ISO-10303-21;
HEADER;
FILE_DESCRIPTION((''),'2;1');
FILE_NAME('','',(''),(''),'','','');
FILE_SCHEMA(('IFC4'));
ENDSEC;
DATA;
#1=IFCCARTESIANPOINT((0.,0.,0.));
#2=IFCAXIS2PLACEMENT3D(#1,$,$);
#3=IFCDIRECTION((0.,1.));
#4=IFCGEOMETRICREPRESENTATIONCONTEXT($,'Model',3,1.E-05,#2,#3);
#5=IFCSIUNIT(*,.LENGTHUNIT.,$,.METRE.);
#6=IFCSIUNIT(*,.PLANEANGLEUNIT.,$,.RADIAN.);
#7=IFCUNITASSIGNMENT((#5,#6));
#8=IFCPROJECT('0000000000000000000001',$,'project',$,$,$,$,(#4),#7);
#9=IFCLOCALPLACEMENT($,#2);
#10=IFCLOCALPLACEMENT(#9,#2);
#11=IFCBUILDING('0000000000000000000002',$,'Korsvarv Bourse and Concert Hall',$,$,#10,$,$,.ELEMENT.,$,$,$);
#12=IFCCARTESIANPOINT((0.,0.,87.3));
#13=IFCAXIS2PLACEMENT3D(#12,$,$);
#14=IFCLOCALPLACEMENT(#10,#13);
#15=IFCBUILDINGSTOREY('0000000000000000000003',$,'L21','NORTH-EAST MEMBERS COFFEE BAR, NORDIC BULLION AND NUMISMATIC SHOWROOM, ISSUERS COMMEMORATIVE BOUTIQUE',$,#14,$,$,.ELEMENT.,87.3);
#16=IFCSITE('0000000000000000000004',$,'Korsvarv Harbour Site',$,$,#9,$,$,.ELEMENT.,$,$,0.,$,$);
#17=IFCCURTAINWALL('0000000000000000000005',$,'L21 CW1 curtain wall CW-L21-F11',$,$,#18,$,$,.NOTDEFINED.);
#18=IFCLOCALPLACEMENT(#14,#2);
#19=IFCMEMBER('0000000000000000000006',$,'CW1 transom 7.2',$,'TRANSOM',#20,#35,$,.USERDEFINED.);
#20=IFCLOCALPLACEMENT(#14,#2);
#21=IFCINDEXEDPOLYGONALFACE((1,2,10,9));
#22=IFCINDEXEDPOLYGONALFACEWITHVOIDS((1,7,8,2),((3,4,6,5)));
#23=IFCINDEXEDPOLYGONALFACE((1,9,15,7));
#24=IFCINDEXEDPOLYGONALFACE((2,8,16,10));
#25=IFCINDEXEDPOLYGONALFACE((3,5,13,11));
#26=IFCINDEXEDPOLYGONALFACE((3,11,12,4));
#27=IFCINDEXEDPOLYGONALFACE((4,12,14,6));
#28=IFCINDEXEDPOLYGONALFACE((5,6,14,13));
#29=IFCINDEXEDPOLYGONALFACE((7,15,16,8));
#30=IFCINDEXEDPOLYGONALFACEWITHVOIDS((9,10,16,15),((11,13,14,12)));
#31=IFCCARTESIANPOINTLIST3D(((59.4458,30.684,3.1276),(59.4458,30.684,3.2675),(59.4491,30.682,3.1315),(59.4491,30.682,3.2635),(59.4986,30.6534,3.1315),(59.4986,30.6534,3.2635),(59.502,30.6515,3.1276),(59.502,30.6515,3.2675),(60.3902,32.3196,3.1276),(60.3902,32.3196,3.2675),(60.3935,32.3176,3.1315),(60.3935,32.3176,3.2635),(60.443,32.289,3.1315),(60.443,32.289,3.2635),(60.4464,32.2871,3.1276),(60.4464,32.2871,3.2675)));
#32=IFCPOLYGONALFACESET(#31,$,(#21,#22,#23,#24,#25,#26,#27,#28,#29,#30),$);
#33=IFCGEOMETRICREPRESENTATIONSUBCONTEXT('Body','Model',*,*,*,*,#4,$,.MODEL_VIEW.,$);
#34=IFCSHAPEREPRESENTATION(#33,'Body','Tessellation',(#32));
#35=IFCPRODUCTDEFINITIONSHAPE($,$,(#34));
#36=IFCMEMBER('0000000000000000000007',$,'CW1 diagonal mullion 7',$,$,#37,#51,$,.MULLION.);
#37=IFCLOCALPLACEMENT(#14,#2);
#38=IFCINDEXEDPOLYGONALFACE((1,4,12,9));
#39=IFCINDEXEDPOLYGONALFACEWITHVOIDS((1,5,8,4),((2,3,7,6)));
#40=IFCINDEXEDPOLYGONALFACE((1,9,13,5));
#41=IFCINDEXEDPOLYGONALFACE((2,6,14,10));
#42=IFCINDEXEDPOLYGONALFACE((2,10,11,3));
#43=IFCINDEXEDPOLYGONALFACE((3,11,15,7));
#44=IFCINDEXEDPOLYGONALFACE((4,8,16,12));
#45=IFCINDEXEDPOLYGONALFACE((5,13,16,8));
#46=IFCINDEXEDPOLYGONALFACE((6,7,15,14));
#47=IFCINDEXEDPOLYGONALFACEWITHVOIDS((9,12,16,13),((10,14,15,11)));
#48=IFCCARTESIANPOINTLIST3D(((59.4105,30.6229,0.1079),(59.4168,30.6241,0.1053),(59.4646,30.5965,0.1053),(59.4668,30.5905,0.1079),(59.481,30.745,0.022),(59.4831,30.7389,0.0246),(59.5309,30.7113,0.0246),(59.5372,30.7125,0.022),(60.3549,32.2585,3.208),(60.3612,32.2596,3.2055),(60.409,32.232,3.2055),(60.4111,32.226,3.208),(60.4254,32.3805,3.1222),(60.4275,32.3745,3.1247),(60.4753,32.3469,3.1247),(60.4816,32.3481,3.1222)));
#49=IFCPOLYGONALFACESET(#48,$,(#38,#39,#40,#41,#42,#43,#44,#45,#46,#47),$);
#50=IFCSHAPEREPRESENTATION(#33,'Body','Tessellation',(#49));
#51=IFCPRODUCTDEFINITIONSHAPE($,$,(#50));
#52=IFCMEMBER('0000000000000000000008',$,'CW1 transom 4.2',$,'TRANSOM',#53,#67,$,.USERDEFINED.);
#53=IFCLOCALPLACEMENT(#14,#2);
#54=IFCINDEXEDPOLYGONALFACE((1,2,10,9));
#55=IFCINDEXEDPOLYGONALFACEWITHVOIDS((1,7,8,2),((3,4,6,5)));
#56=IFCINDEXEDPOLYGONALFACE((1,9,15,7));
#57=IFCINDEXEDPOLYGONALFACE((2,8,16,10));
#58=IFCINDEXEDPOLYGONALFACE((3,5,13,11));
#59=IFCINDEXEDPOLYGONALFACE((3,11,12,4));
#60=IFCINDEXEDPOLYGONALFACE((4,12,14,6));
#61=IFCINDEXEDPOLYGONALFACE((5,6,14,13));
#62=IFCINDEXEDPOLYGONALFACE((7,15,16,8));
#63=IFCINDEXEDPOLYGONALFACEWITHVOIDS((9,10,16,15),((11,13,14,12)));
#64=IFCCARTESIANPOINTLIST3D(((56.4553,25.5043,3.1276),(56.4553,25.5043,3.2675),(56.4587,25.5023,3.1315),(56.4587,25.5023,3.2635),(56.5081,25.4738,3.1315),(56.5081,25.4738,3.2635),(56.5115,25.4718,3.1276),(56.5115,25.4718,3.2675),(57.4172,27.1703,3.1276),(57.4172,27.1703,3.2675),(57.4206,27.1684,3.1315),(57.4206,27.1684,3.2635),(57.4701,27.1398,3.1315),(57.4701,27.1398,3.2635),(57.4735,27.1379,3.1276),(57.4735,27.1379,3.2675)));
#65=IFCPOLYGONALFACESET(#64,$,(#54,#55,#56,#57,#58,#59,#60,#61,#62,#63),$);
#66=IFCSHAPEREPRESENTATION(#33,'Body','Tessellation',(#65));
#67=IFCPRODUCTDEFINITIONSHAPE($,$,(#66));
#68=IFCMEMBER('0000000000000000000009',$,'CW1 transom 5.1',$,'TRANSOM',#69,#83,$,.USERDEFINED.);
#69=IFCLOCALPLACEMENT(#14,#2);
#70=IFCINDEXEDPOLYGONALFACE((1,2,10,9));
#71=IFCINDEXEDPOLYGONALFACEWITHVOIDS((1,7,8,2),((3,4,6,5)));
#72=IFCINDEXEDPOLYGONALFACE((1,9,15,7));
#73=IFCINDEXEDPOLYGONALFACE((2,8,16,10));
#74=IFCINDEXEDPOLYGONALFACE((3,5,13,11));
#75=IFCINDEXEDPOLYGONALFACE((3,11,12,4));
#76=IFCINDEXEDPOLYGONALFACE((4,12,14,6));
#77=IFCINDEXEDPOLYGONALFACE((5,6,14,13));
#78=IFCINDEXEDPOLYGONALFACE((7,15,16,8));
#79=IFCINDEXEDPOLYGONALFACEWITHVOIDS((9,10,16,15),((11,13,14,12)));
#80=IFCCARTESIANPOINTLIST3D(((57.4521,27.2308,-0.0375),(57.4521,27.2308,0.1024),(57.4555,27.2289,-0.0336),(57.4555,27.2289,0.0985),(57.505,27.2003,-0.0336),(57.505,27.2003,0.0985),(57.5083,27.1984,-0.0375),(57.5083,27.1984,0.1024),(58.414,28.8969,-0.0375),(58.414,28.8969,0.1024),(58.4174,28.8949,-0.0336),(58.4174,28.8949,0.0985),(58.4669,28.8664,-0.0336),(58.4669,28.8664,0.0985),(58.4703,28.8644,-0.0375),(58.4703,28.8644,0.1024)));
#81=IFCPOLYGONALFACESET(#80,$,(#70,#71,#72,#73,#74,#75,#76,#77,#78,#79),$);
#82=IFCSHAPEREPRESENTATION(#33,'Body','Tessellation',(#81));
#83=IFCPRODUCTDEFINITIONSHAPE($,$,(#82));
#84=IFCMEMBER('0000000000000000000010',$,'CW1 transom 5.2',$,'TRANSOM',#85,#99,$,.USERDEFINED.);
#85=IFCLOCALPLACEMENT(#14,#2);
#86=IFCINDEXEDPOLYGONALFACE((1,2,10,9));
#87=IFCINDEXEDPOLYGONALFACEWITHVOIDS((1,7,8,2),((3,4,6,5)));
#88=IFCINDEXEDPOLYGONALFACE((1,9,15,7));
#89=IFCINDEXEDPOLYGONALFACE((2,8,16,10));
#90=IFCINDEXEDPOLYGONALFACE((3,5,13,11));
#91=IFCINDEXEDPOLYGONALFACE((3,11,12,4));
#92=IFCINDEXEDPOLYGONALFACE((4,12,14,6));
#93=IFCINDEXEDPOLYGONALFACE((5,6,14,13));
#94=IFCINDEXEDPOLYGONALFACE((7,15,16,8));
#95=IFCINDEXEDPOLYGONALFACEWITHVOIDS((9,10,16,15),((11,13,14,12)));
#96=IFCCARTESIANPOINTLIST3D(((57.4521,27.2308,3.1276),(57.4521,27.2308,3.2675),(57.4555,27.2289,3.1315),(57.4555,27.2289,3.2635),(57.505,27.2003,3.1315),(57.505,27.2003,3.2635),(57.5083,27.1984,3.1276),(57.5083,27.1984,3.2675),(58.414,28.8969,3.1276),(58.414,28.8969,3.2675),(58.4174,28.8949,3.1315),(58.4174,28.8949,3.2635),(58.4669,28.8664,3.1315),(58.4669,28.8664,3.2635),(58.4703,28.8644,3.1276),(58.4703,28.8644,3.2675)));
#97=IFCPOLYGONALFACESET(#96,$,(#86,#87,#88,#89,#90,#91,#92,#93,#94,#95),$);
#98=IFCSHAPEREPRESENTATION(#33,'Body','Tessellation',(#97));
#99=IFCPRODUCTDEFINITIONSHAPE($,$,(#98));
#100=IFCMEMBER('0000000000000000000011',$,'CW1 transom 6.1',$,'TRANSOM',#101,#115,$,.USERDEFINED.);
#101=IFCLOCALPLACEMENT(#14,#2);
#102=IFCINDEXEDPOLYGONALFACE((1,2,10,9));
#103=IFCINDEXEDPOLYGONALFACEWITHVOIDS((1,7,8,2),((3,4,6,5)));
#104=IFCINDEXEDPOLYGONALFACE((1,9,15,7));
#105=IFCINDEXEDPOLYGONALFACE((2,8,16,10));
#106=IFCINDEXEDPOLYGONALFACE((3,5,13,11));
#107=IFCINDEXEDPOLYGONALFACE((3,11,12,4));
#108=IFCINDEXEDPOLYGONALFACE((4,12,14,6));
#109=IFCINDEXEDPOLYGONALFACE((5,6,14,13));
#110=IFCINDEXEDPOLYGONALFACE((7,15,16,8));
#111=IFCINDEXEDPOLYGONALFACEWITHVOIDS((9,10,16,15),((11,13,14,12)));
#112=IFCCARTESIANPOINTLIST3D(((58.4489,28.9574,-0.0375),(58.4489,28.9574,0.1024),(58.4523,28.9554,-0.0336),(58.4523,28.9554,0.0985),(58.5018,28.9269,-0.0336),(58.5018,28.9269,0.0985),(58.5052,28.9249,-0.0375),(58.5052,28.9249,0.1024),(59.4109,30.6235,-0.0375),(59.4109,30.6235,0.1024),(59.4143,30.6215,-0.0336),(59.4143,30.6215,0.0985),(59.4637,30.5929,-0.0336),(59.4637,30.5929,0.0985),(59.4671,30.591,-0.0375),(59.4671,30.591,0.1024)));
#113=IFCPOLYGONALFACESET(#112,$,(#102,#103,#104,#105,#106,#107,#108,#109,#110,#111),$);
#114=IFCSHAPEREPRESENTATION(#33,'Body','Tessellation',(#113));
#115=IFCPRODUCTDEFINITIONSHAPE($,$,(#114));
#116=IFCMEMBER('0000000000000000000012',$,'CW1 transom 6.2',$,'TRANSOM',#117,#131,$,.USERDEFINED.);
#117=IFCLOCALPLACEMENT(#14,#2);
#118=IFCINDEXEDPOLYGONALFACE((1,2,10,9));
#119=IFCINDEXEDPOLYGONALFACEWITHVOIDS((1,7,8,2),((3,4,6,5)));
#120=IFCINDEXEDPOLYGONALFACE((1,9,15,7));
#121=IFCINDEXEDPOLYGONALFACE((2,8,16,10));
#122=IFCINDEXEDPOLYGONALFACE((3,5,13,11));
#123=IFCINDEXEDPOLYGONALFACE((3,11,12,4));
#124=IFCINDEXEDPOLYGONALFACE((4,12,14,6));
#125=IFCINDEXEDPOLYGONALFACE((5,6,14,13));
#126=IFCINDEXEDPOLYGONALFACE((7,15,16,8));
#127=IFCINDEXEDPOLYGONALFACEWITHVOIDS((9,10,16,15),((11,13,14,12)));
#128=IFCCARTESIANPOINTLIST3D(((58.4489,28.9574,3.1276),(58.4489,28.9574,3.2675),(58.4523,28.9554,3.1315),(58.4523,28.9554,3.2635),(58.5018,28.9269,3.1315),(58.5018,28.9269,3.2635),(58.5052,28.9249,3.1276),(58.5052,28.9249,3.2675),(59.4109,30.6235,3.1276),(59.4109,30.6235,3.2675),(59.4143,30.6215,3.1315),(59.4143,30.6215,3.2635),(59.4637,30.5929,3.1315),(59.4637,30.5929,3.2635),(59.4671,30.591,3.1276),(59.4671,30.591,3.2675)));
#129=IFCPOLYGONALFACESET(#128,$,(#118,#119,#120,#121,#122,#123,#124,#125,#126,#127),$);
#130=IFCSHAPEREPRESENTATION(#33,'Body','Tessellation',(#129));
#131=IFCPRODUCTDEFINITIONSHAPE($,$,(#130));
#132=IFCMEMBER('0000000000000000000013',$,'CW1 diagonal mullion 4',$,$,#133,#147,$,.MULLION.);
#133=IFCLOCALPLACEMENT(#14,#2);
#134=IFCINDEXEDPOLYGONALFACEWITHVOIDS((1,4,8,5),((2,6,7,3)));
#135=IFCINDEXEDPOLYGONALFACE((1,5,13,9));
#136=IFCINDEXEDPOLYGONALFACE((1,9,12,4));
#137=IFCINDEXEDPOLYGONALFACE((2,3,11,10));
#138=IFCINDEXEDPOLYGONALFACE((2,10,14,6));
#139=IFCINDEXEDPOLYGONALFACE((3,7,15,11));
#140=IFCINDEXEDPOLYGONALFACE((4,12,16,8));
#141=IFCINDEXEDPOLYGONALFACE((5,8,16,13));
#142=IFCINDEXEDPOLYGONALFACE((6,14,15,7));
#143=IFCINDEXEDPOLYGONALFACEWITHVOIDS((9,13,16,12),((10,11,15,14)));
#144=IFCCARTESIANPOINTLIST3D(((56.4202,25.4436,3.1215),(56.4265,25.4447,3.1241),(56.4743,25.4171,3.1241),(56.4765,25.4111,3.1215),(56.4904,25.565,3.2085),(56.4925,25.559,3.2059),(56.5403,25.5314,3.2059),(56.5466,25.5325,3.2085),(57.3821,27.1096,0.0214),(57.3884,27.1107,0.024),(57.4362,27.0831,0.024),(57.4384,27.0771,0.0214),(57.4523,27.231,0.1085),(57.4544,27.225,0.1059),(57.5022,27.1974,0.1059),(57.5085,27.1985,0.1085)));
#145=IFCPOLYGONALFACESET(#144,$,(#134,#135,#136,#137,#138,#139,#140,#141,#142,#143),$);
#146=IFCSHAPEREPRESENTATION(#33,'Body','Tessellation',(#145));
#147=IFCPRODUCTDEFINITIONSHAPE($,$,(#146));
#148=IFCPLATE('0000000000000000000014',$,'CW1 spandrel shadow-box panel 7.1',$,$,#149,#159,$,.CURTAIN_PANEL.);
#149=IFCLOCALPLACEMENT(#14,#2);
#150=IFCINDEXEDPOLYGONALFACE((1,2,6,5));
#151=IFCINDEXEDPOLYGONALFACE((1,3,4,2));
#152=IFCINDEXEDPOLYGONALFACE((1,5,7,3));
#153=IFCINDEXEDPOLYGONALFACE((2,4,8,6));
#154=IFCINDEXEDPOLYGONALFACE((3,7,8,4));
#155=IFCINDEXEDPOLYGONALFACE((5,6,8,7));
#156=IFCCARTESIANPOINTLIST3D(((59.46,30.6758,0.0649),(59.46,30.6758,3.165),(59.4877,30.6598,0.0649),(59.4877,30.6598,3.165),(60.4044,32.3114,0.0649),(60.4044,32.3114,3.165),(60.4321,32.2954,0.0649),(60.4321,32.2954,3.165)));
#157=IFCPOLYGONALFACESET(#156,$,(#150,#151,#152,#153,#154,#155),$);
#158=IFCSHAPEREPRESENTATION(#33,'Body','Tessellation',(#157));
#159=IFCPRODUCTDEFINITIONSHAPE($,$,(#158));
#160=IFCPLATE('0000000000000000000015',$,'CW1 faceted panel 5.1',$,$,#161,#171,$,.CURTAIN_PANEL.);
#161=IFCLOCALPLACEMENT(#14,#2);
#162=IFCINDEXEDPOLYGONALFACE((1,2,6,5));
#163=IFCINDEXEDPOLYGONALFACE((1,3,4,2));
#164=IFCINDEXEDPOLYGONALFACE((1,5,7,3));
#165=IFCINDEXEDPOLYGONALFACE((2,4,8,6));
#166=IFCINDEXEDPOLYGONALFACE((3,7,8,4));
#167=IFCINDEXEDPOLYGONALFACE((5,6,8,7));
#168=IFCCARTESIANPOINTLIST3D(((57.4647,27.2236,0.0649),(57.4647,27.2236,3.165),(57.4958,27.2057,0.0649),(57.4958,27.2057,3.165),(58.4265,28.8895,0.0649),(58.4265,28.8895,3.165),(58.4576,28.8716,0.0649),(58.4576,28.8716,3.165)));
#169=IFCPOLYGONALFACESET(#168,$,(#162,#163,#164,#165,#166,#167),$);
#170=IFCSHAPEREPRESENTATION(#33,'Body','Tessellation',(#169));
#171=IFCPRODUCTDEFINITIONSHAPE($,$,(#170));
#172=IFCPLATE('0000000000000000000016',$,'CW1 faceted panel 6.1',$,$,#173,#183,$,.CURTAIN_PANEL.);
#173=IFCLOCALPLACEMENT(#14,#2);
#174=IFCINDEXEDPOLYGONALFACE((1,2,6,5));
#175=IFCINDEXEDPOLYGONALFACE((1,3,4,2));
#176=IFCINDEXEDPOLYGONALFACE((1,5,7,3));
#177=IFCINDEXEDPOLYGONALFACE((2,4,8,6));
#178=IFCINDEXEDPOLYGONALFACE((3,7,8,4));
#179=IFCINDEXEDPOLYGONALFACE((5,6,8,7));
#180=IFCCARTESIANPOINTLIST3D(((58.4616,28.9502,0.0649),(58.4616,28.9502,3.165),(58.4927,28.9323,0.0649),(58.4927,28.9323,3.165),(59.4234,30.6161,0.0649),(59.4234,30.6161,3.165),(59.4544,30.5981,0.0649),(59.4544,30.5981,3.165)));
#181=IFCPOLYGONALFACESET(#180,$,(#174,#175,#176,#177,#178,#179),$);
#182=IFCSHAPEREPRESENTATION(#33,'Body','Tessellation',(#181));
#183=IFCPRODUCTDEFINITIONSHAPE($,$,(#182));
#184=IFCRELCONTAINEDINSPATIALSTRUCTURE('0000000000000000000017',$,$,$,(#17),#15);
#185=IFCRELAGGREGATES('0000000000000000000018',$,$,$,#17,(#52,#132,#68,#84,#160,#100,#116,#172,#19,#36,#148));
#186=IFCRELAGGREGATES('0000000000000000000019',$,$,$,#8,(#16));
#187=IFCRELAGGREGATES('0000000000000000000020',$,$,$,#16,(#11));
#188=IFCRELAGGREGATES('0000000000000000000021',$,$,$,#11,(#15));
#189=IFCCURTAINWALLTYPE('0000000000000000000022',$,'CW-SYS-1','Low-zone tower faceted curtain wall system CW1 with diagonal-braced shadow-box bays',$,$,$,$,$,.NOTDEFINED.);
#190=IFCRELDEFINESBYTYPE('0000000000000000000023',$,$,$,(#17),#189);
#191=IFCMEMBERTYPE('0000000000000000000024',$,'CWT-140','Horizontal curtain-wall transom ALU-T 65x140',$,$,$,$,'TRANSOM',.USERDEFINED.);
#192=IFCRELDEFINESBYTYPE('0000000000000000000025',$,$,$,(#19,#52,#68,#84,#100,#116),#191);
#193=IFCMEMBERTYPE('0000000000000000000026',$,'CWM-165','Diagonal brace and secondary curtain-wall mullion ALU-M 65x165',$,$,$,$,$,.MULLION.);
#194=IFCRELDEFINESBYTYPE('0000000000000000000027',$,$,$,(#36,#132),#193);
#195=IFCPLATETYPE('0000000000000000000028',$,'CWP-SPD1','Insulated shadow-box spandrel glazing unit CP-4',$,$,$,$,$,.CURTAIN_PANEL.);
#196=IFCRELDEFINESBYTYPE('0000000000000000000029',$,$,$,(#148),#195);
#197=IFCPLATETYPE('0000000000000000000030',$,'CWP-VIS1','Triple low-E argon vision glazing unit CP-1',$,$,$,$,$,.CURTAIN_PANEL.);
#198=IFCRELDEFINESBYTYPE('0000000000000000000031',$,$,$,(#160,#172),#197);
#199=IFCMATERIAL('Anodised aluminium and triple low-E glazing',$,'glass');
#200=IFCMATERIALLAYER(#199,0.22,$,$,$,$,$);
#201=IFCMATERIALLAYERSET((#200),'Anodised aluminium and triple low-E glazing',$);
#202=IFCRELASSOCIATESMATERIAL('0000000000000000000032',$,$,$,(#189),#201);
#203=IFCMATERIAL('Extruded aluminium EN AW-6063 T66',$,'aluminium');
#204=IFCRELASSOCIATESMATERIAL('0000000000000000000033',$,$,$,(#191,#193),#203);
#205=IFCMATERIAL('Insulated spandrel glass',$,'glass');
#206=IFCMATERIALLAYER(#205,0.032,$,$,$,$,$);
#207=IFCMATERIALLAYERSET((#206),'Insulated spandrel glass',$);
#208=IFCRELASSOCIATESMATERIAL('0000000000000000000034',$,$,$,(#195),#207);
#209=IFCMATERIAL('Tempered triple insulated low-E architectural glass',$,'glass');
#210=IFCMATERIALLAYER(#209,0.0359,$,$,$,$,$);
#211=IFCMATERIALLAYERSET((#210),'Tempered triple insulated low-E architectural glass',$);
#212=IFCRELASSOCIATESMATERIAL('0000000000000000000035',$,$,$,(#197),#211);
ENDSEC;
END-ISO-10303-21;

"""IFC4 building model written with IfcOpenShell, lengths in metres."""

from ifc_helpers import new_model, si_unit, direction, frame, origin, origin_2d, place, context, subcontext, project, spatial, rectangle, hollow_rectangle, extrude, source, transform, mapped, material, layer, layer_set, material_profile, profile_set, type_object, element, aggregate, save


model = new_model("IFC4")

# Units and contexts
model_context = context("Model", 3, precision=1e-05, world=origin(), true_north=direction((0.0, 1.0)))
body_context = subcontext(model_context, "Body", "Model", "MODEL_VIEW")
ifc_project = project(units=[si_unit("LENGTHUNIT", "METRE"), si_unit("PLANEANGLEUNIT", "RADIAN")], contexts=[model_context])

# Site, building, storey
site_placement = place(None, origin())
site = spatial("IfcSite", under=ifc_project, at=site_placement, Name="Korsvarv Harbour Site", CompositionType="ELEMENT", RefElevation=0.0)
building_placement = place(site_placement, origin())
building = spatial("IfcBuilding", under=site, at=building_placement, Name="Korsvarv Bourse and Concert Hall", CompositionType="ELEMENT")
storey_placement = place(building_placement, frame((0.0, 0.0, 87.3)))
storey = spatial("IfcBuildingStorey", under=building, at=storey_placement, Name="L21", Description="NORTH-EAST MEMBERS COFFEE BAR, NORDIC BULLION AND NUMISMATIC SHOWROOM, ISSUERS COMMEMORATIVE BOUTIQUE", CompositionType="ELEMENT", Elevation=87.3)

# Curtain wall, members, plates
ifc_material_1 = material(Name="Anodised aluminium and triple low-E glazing", Category="glass")
ifc_layer_1 = layer(ifc_material_1, 0.22)
ifc_layer_set_1 = layer_set([ifc_layer_1], Name="Anodised aluminium and triple low-E glazing")
curtain_wall_type = type_object("IfcCurtainWallType", Name="CW-SYS-1", Description="Low-zone tower faceted curtain wall system CW1 with diagonal-braced shadow-box bays", PredefinedType="NOTDEFINED", material=ifc_layer_set_1)
curtain_wall_placement = place(storey_placement, origin())
curtain_wall = element("IfcCurtainWall", 1, at=curtain_wall_placement, inside=storey, type_object=curtain_wall_type, Name="L21 CW1 curtain wall CW-L21-F11", PredefinedType="NOTDEFINED")
ifc_material_2 = material(Name="Extruded aluminium EN AW-6063 T66", Category="aluminium")
ifc_material_profile_1 = material_profile(ifc_material_2, hollow_rectangle(XDim=0.0649, YDim=0.1399, WallThickness=0.0039, at=origin_2d()), Name="ALU-T 65x140")
ifc_profile_set_1 = profile_set([ifc_material_profile_1], Name="Extruded aluminium EN AW-6063 T66")
member_type_1 = type_object("IfcMemberType", Name="CWT-140", Description="Horizontal curtain-wall transom ALU-T 65x140", ElementType="TRANSOM", PredefinedType="USERDEFINED", material=ifc_profile_set_1)
shared_shape_1 = source(origin(), body_context, "Body", "SweptSolid", [
    extrude(hollow_rectangle(XDim=0.0649, YDim=0.1399, WallThickness=0.0039, at=origin_2d()), origin(), (0.0, 0.0, 1.0), 1.8887),
])
member_1_placement = place(storey_placement, frame((59.4739, 30.6677, 3.1975), z_axis=(0.500032, 0.866007, 0.0), x_axis=(-0.866007, 0.500032, 0.0)))
member_1 = element("IfcMember", 2, at=member_1_placement, type_object=member_type_1, Name="CW1 transom 7.2", ObjectType="TRANSOM", PredefinedType="USERDEFINED", context=body_context, shape_type="MappedRepresentation", body=[
    mapped(shared_shape_1, transform((0.0, 0.0, 0.0), scale=1.0)),
])
ifc_material_profile_2 = material_profile(ifc_material_2, hollow_rectangle(XDim=0.0649, YDim=0.165, WallThickness=0.0049, at=origin_2d()), Name="ALU-M 65x165")
ifc_profile_set_2 = profile_set([ifc_material_profile_2], Name="Extruded aluminium EN AW-6063 T66")
member_type_2 = type_object("IfcMemberType", Name="CWM-165", Description="Diagonal brace and secondary curtain-wall mullion ALU-M 65x165", PredefinedType="MULLION", material=ifc_profile_set_2)
shared_shape_2 = source(origin(), body_context, "Body", "SweptSolid", [
    extrude(hollow_rectangle(XDim=0.0649, YDim=0.165, WallThickness=0.0049, at=origin_2d()), origin(), (0.0, 0.0, 1.0), 3.6301),
])
member_2_placement = place(storey_placement, frame((59.4739, 30.6677, 0.0649), z_axis=(0.260144, 0.450545, 0.854011), x_axis=(-0.866007, 0.500032, 0.0)))
member_2 = element("IfcMember", 3, at=member_2_placement, type_object=member_type_2, Name="CW1 diagonal mullion 7", PredefinedType="MULLION", context=body_context, shape_type="MappedRepresentation", body=[
    mapped(shared_shape_2, transform((0.0, 0.0, 0.0), scale=1.0)),
])
shared_shape_3 = source(origin(), body_context, "Body", "SweptSolid", [
    extrude(hollow_rectangle(XDim=0.0649, YDim=0.1399, WallThickness=0.0039, at=origin_2d()), origin(), (0.0, 0.0, 1.0), 1.9238),
])
member_3_placement = place(storey_placement, frame((56.4834, 25.488, 3.1975), z_axis=(0.500015, 0.866017, 0.0), x_axis=(-0.866017, 0.500015, 0.0)))
member_3 = element("IfcMember", 4, at=member_3_placement, type_object=member_type_1, Name="CW1 transom 4.2", ObjectType="TRANSOM", PredefinedType="USERDEFINED", context=body_context, shape_type="MappedRepresentation", body=[
    mapped(shared_shape_3, transform((0.0, 0.0, 0.0), scale=1.0)),
])
member_4_placement = place(storey_placement, frame((57.4802, 27.2146, 0.0325), z_axis=(0.500015, 0.866017, 0.0), x_axis=(-0.866017, 0.500015, 0.0)))
member_4 = element("IfcMember", 5, at=member_4_placement, type_object=member_type_1, Name="CW1 transom 5.1", ObjectType="TRANSOM", PredefinedType="USERDEFINED", context=body_context, shape_type="MappedRepresentation", body=[
    mapped(shared_shape_3, transform((0.0, 0.0, 0.0), scale=1.0)),
])
member_5_placement = place(storey_placement, frame((57.4802, 27.2146, 3.1975), z_axis=(0.500015, 0.866017, 0.0), x_axis=(-0.866017, 0.500015, 0.0)))
member_5 = element("IfcMember", 6, at=member_5_placement, type_object=member_type_1, Name="CW1 transom 5.2", ObjectType="TRANSOM", PredefinedType="USERDEFINED", context=body_context, shape_type="MappedRepresentation", body=[
    mapped(shared_shape_3, transform((0.0, 0.0, 0.0), scale=1.0)),
])
member_6_placement = place(storey_placement, frame((58.4771, 28.9412, 0.0325), z_axis=(0.500015, 0.866017, 0.0), x_axis=(-0.866017, 0.500015, 0.0)))
member_6 = element("IfcMember", 7, at=member_6_placement, type_object=member_type_1, Name="CW1 transom 6.1", ObjectType="TRANSOM", PredefinedType="USERDEFINED", context=body_context, shape_type="MappedRepresentation", body=[
    mapped(shared_shape_3, transform((0.0, 0.0, 0.0), scale=1.0)),
])
member_7_placement = place(storey_placement, frame((58.4771, 28.9412, 3.1975), z_axis=(0.500015, 0.866017, 0.0), x_axis=(-0.866017, 0.500015, 0.0)))
member_7 = element("IfcMember", 8, at=member_7_placement, type_object=member_type_1, Name="CW1 transom 6.2", ObjectType="TRANSOM", PredefinedType="USERDEFINED", context=body_context, shape_type="MappedRepresentation", body=[
    mapped(shared_shape_3, transform((0.0, 0.0, 0.0), scale=1.0)),
])
shared_shape_4 = source(origin(), body_context, "Body", "SweptSolid", [
    extrude(hollow_rectangle(XDim=0.0649, YDim=0.165, WallThickness=0.0049, at=origin_2d()), origin(), (0.0, 0.0, 1.0), 3.6484),
])
member_8_placement = place(storey_placement, frame((57.4453, 27.1541, 0.0649), z_axis=(-0.263647, -0.456631, 0.849693), x_axis=(0.866017, -0.500015, 0.0)))
member_8 = element("IfcMember", 9, at=member_8_placement, type_object=member_type_2, Name="CW1 diagonal mullion 4", PredefinedType="MULLION", context=body_context, shape_type="MappedRepresentation", body=[
    mapped(shared_shape_4, transform((0.0, 0.0, 0.0), scale=1.0)),
])
ifc_material_3 = material(Name="Insulated spandrel glass", Category="glass")
ifc_layer_2 = layer(ifc_material_3, 0.032)
ifc_layer_set_2 = layer_set([ifc_layer_2], Name="Insulated spandrel glass")
plate_type_1 = type_object("IfcPlateType", Name="CWP-SPD1", Description="Insulated shadow-box spandrel glazing unit CP-4", PredefinedType="CURTAIN_PANEL", material=ifc_layer_set_2)
shared_shape_5 = source(origin(), body_context, "Body", "SweptSolid", [
    extrude(rectangle(XDim=1.8887, YDim=0.032, at=origin_2d()), origin(), (0.0, 0.0, 1.0), 3.1001),
])
plate_1_placement = place(storey_placement, frame((59.946, 31.4856, 0.0649), z_axis=(0.0, 0.0, 1.0), x_axis=(0.499999, 0.866026, 0.0)))
plate_1 = element("IfcPlate", 10, at=plate_1_placement, type_object=plate_type_1, Name="CW1 spandrel shadow-box panel 7.1", PredefinedType="CURTAIN_PANEL", context=body_context, shape_type="MappedRepresentation", body=[
    mapped(shared_shape_5, transform((0.0, 0.0, 0.0), scale=1.0)),
])
ifc_material_4 = material(Name="Tempered triple insulated low-E architectural glass", Category="glass")
ifc_layer_3 = layer(ifc_material_4, 0.0359)
ifc_layer_set_3 = layer_set([ifc_layer_3], Name="Tempered triple insulated low-E architectural glass")
plate_type_2 = type_object("IfcPlateType", Name="CWP-VIS1", Description="Triple low-E argon vision glazing unit CP-1", PredefinedType="CURTAIN_PANEL", material=ifc_layer_set_3)
shared_shape_6 = source(origin(), body_context, "Body", "SweptSolid", [
    extrude(rectangle(XDim=1.9236, YDim=0.0359, at=origin_2d()), origin(), (0.0, 0.0, 1.0), 3.1001),
])
plate_2_placement = place(storey_placement, frame((57.9612, 28.0476, 0.0649), z_axis=(0.0, 0.0, 1.0), x_axis=(0.499999, 0.866026, 0.0)))
plate_2 = element("IfcPlate", 11, at=plate_2_placement, type_object=plate_type_2, Name="CW1 faceted panel 5.1", PredefinedType="CURTAIN_PANEL", context=body_context, shape_type="MappedRepresentation", body=[
    mapped(shared_shape_6, transform((0.0, 0.0, 0.0), scale=1.0)),
])
plate_3_placement = place(storey_placement, frame((58.958, 29.7742, 0.0649), z_axis=(0.0, 0.0, 1.0), x_axis=(0.499999, 0.866026, 0.0)))
plate_3 = element("IfcPlate", 12, at=plate_3_placement, type_object=plate_type_2, Name="CW1 faceted panel 6.1", PredefinedType="CURTAIN_PANEL", context=body_context, shape_type="MappedRepresentation", body=[
    mapped(shared_shape_6, transform((0.0, 0.0, 0.0), scale=1.0)),
])
aggregate(curtain_wall, [member_3, member_8, member_4, member_5, plate_2, member_6, member_7, plate_3, member_1, member_2, plate_1])

save(model, "model.ifc")
